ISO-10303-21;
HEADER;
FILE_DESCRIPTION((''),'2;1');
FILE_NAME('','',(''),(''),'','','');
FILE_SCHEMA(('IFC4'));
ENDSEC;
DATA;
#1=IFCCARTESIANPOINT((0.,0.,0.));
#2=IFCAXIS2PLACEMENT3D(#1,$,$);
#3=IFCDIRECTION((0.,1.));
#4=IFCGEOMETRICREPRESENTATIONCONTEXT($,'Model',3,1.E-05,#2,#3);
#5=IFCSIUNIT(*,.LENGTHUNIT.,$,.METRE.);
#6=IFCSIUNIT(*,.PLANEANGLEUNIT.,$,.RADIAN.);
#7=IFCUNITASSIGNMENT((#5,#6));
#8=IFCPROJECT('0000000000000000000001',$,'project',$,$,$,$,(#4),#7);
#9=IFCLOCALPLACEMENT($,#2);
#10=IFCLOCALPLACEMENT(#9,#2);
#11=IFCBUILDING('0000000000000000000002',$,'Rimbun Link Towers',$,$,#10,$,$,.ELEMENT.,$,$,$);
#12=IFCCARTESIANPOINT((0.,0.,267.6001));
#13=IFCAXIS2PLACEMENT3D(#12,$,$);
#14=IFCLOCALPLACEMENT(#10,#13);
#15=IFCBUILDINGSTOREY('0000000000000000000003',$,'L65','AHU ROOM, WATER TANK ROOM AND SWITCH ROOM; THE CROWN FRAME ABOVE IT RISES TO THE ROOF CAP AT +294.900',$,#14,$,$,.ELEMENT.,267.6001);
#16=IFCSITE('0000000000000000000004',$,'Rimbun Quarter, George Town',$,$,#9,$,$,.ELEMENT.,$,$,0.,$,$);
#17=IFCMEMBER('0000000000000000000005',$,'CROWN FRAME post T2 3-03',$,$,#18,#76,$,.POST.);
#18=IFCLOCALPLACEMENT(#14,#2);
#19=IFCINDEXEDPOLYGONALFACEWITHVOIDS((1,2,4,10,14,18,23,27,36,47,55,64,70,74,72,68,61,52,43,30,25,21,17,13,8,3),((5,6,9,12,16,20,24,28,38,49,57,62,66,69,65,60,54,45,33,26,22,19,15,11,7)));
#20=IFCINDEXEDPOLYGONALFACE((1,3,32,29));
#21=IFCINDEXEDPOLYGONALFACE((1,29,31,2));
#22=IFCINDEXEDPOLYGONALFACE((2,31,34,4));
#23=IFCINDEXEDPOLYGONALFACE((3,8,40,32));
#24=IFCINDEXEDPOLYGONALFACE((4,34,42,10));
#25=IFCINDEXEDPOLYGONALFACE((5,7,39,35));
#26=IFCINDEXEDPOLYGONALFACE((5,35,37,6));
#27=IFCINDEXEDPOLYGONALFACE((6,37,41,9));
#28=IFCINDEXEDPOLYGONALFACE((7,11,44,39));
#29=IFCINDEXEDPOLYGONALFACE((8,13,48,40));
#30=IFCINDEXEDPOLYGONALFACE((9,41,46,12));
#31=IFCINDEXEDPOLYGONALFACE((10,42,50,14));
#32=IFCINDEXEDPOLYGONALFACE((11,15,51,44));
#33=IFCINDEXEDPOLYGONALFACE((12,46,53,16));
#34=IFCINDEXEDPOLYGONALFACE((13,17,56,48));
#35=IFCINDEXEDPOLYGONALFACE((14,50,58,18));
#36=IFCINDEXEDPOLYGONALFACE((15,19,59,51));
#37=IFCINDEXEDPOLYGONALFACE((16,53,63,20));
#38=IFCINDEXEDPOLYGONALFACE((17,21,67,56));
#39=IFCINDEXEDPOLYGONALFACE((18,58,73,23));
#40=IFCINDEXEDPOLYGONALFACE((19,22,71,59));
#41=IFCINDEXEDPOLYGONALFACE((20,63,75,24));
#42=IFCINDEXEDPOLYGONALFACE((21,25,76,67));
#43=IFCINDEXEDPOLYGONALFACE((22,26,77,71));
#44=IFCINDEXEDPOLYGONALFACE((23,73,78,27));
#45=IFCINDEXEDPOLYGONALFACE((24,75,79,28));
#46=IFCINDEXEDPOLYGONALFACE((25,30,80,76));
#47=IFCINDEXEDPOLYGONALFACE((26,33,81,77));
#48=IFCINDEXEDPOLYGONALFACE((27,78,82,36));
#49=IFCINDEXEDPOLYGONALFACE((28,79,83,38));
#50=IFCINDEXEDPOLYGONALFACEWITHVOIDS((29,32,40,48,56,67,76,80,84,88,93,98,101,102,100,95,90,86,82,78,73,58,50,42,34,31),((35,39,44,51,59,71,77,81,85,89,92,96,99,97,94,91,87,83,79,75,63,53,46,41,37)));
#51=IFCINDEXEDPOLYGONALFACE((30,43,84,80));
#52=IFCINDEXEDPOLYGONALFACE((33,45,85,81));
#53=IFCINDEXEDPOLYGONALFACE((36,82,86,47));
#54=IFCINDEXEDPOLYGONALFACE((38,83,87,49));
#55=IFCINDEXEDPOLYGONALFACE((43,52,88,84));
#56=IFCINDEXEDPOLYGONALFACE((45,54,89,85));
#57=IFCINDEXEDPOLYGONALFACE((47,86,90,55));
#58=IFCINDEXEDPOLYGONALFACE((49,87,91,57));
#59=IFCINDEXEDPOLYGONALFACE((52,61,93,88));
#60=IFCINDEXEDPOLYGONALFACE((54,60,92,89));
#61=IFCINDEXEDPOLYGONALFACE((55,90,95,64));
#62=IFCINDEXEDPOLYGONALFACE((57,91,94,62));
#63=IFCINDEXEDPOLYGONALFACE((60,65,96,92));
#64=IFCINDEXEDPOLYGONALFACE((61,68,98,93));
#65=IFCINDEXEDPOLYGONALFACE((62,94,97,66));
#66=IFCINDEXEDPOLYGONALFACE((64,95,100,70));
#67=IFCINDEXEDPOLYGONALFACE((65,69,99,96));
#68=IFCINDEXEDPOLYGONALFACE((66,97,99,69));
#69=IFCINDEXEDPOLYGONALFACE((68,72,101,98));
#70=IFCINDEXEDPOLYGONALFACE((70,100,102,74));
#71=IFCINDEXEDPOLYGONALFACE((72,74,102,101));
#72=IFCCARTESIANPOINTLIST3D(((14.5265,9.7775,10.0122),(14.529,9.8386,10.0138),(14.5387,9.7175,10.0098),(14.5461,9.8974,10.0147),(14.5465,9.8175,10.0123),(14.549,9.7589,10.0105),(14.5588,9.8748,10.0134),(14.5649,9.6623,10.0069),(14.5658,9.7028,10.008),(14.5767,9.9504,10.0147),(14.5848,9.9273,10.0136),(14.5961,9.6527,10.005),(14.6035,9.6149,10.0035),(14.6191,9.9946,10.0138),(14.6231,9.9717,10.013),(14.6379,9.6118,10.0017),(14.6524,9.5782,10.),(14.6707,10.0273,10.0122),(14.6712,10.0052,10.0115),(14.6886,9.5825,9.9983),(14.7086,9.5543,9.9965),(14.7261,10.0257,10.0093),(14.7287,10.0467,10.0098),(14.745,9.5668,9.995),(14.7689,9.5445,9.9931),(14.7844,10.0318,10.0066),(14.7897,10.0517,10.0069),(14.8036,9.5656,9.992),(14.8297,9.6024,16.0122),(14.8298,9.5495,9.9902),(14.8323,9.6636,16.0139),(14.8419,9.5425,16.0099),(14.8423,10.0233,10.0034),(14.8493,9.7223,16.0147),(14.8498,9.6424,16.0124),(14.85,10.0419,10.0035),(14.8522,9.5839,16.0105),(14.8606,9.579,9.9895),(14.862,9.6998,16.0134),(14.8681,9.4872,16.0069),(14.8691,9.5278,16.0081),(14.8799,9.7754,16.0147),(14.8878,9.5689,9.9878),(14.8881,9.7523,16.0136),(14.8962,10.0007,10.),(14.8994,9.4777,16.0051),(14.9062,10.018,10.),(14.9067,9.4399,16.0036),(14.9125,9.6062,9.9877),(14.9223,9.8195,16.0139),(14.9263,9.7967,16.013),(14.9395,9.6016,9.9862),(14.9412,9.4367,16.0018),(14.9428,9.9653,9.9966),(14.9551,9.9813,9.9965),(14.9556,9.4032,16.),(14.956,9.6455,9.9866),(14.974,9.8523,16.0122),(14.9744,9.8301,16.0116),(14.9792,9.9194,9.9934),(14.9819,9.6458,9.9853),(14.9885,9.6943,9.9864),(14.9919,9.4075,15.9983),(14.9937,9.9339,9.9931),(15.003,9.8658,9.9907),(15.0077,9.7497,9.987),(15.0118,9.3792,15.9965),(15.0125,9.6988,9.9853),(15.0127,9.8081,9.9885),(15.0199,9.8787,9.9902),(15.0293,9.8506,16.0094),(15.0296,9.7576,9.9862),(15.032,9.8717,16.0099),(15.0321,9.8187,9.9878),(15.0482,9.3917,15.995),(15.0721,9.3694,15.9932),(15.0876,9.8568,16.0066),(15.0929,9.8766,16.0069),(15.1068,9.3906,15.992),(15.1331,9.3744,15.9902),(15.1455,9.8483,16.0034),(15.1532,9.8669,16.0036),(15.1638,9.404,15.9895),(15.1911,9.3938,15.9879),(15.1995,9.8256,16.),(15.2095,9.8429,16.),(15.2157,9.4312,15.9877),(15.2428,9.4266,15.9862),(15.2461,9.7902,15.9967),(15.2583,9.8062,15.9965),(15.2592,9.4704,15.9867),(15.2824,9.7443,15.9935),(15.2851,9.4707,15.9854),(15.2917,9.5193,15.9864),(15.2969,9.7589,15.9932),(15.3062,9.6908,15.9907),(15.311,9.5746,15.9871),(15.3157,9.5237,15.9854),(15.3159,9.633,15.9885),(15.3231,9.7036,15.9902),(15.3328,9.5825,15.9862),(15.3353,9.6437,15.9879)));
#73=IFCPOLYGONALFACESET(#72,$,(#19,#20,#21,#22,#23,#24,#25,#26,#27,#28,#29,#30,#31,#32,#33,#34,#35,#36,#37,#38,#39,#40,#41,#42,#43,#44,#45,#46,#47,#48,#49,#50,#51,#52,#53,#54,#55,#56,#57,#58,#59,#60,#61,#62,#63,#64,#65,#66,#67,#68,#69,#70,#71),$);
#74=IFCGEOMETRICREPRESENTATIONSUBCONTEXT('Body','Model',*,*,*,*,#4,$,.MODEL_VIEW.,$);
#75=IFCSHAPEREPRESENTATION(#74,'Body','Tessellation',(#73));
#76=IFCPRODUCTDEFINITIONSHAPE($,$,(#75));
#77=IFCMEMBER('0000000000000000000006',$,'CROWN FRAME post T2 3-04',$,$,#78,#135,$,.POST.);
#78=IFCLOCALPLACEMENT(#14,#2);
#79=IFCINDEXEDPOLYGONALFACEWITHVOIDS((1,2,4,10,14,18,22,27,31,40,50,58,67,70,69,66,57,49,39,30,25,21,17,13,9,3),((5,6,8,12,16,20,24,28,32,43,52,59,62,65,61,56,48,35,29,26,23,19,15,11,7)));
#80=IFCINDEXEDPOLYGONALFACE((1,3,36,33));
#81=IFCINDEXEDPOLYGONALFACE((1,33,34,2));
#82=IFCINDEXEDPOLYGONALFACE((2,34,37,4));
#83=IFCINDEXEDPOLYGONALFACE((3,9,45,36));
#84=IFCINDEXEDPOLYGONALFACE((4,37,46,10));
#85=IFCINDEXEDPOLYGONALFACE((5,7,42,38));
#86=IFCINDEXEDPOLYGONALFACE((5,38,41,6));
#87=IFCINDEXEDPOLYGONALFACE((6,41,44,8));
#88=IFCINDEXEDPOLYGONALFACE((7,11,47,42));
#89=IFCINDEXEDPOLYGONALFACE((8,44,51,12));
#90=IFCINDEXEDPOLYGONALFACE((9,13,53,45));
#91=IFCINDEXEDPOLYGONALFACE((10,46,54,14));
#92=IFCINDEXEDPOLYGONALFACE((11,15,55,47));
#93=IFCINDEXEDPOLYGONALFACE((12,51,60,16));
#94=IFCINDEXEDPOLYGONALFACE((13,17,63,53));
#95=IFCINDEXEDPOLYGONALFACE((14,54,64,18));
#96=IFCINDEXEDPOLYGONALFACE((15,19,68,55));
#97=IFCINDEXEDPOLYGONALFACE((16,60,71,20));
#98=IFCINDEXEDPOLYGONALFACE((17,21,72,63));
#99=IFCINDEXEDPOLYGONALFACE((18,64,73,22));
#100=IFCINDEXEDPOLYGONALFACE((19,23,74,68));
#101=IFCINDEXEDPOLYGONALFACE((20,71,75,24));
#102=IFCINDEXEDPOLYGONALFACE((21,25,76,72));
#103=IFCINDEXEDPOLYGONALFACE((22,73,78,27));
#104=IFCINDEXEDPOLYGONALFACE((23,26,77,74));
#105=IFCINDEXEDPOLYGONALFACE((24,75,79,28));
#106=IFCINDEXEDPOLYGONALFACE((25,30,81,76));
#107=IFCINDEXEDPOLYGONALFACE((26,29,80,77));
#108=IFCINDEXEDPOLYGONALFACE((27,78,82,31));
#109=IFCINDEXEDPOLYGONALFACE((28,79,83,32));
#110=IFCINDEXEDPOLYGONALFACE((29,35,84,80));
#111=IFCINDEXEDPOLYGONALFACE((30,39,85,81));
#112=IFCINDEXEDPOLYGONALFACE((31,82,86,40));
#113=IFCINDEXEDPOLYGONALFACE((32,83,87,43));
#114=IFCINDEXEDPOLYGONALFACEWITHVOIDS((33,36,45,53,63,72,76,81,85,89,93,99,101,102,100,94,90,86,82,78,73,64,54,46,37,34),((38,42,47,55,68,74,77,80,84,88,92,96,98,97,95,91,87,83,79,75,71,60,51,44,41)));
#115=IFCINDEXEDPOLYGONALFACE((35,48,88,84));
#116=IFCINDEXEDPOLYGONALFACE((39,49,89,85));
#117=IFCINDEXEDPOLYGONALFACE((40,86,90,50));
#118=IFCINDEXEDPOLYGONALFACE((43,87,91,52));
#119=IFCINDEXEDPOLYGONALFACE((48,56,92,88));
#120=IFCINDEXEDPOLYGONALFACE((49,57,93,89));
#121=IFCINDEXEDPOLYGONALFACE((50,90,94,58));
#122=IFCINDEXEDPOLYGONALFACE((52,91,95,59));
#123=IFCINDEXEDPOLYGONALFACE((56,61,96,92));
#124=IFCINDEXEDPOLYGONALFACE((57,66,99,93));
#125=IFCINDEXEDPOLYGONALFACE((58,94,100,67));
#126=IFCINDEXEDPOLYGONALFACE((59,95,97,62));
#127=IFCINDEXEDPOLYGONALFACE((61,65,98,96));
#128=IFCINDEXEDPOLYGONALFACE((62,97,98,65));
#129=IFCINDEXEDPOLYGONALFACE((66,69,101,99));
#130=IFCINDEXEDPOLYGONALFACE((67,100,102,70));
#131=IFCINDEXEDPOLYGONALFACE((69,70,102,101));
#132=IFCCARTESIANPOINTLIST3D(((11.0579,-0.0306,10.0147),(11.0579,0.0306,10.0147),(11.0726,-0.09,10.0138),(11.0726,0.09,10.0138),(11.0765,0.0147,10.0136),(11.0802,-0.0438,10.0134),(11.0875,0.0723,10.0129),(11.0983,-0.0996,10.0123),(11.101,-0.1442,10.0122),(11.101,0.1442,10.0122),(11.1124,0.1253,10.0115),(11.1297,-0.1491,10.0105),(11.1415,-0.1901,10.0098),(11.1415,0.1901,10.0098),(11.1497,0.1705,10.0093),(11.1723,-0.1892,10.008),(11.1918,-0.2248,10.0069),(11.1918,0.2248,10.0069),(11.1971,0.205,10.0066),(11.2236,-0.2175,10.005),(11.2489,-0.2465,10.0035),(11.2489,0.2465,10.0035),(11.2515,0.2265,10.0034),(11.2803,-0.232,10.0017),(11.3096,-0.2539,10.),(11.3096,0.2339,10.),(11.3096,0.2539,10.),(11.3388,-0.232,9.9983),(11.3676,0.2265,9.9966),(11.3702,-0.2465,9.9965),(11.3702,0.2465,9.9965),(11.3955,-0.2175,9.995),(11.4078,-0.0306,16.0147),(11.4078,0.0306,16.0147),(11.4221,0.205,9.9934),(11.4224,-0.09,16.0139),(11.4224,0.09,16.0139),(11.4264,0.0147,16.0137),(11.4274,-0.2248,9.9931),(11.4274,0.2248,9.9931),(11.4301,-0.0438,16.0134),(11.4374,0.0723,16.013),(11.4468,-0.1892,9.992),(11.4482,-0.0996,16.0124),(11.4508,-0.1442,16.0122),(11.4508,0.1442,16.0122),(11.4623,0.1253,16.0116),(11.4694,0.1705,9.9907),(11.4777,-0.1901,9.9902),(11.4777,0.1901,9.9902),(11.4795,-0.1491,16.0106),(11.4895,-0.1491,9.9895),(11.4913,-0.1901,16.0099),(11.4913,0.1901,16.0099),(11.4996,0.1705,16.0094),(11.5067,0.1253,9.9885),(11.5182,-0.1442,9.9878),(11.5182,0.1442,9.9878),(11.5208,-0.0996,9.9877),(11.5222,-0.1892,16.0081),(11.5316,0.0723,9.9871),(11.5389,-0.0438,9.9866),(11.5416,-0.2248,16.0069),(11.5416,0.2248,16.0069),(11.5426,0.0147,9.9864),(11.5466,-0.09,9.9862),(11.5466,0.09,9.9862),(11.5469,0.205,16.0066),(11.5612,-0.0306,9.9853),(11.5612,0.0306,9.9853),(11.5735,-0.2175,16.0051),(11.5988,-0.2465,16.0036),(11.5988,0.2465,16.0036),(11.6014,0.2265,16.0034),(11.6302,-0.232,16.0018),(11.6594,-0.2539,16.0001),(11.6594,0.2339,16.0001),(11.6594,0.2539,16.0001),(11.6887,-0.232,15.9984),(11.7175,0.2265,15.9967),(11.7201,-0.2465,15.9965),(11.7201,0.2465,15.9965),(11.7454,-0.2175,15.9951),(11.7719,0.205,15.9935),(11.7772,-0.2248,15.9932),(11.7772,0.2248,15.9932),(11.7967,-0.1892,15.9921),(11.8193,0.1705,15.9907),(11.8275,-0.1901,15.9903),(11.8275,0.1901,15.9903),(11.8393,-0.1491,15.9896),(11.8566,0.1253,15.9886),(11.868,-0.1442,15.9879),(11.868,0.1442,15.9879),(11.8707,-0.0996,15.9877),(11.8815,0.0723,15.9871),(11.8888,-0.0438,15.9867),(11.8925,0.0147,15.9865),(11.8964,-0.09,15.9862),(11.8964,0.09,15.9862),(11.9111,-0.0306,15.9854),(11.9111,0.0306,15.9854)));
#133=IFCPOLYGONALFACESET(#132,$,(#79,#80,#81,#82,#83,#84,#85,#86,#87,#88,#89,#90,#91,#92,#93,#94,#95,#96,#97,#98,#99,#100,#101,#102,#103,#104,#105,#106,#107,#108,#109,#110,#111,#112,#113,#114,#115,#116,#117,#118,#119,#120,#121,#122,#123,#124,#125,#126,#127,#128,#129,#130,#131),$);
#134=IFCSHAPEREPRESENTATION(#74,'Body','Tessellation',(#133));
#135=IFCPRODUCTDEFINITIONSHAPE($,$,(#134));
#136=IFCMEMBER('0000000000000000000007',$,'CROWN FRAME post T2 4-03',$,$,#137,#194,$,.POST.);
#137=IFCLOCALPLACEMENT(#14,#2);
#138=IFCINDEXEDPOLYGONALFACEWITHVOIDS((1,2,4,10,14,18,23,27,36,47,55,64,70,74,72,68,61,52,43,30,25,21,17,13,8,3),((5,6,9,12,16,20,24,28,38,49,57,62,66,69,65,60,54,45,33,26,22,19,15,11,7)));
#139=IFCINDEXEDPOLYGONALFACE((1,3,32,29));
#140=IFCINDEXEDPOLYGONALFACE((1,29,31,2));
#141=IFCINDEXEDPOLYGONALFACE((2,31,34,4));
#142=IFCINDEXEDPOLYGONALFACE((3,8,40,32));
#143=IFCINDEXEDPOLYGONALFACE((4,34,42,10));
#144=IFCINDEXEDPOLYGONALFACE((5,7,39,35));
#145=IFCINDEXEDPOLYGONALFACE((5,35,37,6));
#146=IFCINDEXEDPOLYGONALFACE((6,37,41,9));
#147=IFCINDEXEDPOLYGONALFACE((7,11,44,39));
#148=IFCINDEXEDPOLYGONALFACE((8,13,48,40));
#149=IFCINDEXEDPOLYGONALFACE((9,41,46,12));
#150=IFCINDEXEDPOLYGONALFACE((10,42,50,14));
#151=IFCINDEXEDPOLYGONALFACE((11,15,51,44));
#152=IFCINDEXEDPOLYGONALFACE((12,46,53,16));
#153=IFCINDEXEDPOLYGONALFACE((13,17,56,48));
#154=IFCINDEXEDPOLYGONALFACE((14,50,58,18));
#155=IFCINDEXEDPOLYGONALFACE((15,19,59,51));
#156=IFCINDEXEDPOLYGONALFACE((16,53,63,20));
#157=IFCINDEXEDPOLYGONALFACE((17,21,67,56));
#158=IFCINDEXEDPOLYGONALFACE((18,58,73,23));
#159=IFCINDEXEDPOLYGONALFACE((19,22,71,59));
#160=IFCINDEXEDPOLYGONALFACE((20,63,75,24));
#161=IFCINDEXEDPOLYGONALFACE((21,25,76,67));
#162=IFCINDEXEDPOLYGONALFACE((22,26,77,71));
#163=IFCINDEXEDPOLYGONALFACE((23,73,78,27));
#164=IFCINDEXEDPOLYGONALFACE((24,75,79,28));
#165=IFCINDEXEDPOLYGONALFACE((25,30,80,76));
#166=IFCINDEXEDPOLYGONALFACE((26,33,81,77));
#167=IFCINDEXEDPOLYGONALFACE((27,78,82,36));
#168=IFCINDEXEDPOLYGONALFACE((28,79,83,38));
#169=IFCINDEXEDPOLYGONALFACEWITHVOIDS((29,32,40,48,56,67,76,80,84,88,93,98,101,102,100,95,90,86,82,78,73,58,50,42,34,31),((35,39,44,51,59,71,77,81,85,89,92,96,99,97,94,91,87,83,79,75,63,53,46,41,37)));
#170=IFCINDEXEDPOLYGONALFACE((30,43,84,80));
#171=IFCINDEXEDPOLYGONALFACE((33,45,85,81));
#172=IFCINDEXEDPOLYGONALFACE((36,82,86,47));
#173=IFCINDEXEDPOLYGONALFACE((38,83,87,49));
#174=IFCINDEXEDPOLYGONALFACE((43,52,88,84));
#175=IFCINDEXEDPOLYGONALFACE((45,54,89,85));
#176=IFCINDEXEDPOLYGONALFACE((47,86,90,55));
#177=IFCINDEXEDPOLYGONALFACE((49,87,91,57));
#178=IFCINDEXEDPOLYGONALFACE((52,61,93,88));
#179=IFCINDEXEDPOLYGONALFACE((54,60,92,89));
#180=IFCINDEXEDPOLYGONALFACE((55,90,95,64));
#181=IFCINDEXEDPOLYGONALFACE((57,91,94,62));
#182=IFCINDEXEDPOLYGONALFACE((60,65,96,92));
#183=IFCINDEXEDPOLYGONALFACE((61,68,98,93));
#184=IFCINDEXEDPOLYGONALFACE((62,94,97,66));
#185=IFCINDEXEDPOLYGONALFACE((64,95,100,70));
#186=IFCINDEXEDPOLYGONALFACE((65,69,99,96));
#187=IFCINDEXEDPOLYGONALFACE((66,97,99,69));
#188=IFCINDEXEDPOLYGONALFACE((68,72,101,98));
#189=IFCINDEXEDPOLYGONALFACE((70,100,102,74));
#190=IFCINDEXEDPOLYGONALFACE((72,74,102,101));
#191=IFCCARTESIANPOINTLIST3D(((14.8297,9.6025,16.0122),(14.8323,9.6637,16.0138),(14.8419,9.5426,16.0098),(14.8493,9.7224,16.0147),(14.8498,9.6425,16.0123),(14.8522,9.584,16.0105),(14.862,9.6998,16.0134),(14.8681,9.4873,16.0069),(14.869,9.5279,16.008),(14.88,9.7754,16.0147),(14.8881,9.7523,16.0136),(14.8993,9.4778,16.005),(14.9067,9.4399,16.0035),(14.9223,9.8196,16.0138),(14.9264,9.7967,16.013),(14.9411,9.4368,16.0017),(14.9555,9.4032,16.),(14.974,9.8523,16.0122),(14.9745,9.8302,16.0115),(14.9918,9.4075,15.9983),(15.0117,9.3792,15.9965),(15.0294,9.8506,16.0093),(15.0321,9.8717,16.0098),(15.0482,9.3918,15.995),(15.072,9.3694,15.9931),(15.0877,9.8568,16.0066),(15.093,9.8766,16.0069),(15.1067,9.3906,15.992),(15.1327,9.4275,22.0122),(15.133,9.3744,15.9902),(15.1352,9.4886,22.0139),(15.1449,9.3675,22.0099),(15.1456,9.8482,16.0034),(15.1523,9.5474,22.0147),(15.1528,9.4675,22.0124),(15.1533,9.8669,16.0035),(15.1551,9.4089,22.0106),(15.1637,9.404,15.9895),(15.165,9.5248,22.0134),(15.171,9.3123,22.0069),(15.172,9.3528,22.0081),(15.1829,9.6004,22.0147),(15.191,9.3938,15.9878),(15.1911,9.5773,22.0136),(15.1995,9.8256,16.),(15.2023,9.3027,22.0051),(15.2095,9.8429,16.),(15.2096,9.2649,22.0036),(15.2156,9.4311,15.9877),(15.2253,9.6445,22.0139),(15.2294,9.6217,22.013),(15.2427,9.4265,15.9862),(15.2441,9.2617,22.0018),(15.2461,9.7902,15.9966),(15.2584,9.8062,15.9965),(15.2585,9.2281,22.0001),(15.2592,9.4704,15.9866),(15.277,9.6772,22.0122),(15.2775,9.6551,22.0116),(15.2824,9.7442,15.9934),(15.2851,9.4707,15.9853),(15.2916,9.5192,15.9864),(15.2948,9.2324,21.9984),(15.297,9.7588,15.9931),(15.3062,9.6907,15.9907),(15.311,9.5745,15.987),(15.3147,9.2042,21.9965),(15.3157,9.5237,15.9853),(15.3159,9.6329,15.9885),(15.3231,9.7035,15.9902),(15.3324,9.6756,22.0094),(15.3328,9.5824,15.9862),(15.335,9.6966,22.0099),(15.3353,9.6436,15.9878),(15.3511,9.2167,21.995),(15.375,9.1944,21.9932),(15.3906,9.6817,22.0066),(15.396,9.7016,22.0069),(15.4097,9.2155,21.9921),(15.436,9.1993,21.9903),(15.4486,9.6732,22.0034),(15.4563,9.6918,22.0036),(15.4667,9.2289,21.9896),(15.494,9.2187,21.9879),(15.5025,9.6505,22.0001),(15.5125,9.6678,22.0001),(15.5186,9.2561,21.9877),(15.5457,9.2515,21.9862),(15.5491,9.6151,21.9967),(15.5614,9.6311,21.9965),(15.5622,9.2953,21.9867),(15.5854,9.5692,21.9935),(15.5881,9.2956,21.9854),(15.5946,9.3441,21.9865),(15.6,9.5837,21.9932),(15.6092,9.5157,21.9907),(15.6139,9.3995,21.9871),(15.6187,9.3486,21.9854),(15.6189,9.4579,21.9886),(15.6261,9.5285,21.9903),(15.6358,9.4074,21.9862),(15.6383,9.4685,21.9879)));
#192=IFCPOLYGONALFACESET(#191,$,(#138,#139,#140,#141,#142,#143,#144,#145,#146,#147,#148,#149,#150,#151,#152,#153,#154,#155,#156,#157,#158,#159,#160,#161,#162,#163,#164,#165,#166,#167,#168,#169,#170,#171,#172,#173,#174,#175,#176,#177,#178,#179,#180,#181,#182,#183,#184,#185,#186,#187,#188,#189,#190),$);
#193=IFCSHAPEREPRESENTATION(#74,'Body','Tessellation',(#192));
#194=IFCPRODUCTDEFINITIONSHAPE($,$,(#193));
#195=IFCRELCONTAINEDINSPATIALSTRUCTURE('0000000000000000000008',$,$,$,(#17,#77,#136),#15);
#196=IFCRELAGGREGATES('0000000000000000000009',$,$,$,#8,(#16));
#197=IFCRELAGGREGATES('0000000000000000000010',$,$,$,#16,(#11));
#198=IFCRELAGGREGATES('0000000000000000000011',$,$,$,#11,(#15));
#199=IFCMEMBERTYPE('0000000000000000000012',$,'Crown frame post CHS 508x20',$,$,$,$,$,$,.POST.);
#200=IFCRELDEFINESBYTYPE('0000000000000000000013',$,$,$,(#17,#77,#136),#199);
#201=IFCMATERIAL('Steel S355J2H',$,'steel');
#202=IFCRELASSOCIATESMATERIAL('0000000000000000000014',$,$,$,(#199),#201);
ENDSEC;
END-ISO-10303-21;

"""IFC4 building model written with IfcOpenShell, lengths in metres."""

from ifc_helpers import new_model, si_unit, direction, frame, origin, origin_2d, place, context, subcontext, project, spatial, hollow_circle, extrude, material, material_profile, profile_set, type_object, element, save


model = new_model("IFC4")

# Units and contexts
model_context = context("Model", 3, precision=1e-05, world=origin(), true_north=direction((0.0, 1.0)))
body_context = subcontext(model_context, "Body", "Model", "MODEL_VIEW")
ifc_project = project(units=[si_unit("LENGTHUNIT", "METRE"), si_unit("PLANEANGLEUNIT", "RADIAN")], contexts=[model_context])

# Site, building, storey
site_placement = place(None, origin())
site = spatial("IfcSite", under=ifc_project, at=site_placement, Name="Rimbun Quarter, George Town", CompositionType="ELEMENT", RefElevation=0.0)
building_placement = place(site_placement, origin())
building = spatial("IfcBuilding", under=site, at=building_placement, Name="Rimbun Link Towers", CompositionType="ELEMENT")
storey_placement = place(building_placement, frame((0.0, 0.0, 267.6001)))
storey = spatial("IfcBuildingStorey", under=building, at=storey_placement, Name="L65", Description="AHU ROOM, WATER TANK ROOM AND SWITCH ROOM; THE CROWN FRAME ABOVE IT RISES TO THE ROOF CAP AT +294.900", CompositionType="ELEMENT", Elevation=267.6001)

# Members
ifc_material_1 = material(Name="Steel S355J2H", Category="steel")
ifc_material_profile_1 = material_profile(ifc_material_1, hollow_circle(Radius=0.2539, WallThickness=0.02, at=origin_2d()), Name="Crown frame post CHS 508x20")
ifc_profile_set_1 = profile_set([ifc_material_profile_1], Name="Steel S355J2H")
member_type_1 = type_object("IfcMemberType", Name="Crown frame post CHS 508x20", PredefinedType="POST", material=ifc_profile_set_1)
for number, where, z_axis, x_axis, name in (
    (1, (14.7793, 9.7981, 10.0), (0.050451, -0.029125, 0.998302), (0.499964, 0.866046, 0.0), "CROWN FRAME post T2 3-03"),
    (2, (11.3096, 0.0, 10.0), (0.05821, 0.0, 0.998304), (0.0, 1.0, 0.0), "CROWN FRAME post T2 3-04"),
    (3, (15.0825, 9.623, 16.0), (0.050411, -0.029125, 0.998304), (0.500266, 0.865872, 0.0), "CROWN FRAME post T2 4-03"),
):
    element("IfcMember", number, at=place(storey_placement, frame(where, z_axis=z_axis, x_axis=x_axis)), inside=storey, type_object=member_type_1, Name=name, PredefinedType="POST", context=body_context, shape_type="SweptSolid", body=[
        extrude(hollow_circle(Radius=0.2539, WallThickness=0.02, at=origin_2d()), origin(), (0.0, 0.0, 1.0), 6.0103),
    ])

save(model, "model.ifc")
